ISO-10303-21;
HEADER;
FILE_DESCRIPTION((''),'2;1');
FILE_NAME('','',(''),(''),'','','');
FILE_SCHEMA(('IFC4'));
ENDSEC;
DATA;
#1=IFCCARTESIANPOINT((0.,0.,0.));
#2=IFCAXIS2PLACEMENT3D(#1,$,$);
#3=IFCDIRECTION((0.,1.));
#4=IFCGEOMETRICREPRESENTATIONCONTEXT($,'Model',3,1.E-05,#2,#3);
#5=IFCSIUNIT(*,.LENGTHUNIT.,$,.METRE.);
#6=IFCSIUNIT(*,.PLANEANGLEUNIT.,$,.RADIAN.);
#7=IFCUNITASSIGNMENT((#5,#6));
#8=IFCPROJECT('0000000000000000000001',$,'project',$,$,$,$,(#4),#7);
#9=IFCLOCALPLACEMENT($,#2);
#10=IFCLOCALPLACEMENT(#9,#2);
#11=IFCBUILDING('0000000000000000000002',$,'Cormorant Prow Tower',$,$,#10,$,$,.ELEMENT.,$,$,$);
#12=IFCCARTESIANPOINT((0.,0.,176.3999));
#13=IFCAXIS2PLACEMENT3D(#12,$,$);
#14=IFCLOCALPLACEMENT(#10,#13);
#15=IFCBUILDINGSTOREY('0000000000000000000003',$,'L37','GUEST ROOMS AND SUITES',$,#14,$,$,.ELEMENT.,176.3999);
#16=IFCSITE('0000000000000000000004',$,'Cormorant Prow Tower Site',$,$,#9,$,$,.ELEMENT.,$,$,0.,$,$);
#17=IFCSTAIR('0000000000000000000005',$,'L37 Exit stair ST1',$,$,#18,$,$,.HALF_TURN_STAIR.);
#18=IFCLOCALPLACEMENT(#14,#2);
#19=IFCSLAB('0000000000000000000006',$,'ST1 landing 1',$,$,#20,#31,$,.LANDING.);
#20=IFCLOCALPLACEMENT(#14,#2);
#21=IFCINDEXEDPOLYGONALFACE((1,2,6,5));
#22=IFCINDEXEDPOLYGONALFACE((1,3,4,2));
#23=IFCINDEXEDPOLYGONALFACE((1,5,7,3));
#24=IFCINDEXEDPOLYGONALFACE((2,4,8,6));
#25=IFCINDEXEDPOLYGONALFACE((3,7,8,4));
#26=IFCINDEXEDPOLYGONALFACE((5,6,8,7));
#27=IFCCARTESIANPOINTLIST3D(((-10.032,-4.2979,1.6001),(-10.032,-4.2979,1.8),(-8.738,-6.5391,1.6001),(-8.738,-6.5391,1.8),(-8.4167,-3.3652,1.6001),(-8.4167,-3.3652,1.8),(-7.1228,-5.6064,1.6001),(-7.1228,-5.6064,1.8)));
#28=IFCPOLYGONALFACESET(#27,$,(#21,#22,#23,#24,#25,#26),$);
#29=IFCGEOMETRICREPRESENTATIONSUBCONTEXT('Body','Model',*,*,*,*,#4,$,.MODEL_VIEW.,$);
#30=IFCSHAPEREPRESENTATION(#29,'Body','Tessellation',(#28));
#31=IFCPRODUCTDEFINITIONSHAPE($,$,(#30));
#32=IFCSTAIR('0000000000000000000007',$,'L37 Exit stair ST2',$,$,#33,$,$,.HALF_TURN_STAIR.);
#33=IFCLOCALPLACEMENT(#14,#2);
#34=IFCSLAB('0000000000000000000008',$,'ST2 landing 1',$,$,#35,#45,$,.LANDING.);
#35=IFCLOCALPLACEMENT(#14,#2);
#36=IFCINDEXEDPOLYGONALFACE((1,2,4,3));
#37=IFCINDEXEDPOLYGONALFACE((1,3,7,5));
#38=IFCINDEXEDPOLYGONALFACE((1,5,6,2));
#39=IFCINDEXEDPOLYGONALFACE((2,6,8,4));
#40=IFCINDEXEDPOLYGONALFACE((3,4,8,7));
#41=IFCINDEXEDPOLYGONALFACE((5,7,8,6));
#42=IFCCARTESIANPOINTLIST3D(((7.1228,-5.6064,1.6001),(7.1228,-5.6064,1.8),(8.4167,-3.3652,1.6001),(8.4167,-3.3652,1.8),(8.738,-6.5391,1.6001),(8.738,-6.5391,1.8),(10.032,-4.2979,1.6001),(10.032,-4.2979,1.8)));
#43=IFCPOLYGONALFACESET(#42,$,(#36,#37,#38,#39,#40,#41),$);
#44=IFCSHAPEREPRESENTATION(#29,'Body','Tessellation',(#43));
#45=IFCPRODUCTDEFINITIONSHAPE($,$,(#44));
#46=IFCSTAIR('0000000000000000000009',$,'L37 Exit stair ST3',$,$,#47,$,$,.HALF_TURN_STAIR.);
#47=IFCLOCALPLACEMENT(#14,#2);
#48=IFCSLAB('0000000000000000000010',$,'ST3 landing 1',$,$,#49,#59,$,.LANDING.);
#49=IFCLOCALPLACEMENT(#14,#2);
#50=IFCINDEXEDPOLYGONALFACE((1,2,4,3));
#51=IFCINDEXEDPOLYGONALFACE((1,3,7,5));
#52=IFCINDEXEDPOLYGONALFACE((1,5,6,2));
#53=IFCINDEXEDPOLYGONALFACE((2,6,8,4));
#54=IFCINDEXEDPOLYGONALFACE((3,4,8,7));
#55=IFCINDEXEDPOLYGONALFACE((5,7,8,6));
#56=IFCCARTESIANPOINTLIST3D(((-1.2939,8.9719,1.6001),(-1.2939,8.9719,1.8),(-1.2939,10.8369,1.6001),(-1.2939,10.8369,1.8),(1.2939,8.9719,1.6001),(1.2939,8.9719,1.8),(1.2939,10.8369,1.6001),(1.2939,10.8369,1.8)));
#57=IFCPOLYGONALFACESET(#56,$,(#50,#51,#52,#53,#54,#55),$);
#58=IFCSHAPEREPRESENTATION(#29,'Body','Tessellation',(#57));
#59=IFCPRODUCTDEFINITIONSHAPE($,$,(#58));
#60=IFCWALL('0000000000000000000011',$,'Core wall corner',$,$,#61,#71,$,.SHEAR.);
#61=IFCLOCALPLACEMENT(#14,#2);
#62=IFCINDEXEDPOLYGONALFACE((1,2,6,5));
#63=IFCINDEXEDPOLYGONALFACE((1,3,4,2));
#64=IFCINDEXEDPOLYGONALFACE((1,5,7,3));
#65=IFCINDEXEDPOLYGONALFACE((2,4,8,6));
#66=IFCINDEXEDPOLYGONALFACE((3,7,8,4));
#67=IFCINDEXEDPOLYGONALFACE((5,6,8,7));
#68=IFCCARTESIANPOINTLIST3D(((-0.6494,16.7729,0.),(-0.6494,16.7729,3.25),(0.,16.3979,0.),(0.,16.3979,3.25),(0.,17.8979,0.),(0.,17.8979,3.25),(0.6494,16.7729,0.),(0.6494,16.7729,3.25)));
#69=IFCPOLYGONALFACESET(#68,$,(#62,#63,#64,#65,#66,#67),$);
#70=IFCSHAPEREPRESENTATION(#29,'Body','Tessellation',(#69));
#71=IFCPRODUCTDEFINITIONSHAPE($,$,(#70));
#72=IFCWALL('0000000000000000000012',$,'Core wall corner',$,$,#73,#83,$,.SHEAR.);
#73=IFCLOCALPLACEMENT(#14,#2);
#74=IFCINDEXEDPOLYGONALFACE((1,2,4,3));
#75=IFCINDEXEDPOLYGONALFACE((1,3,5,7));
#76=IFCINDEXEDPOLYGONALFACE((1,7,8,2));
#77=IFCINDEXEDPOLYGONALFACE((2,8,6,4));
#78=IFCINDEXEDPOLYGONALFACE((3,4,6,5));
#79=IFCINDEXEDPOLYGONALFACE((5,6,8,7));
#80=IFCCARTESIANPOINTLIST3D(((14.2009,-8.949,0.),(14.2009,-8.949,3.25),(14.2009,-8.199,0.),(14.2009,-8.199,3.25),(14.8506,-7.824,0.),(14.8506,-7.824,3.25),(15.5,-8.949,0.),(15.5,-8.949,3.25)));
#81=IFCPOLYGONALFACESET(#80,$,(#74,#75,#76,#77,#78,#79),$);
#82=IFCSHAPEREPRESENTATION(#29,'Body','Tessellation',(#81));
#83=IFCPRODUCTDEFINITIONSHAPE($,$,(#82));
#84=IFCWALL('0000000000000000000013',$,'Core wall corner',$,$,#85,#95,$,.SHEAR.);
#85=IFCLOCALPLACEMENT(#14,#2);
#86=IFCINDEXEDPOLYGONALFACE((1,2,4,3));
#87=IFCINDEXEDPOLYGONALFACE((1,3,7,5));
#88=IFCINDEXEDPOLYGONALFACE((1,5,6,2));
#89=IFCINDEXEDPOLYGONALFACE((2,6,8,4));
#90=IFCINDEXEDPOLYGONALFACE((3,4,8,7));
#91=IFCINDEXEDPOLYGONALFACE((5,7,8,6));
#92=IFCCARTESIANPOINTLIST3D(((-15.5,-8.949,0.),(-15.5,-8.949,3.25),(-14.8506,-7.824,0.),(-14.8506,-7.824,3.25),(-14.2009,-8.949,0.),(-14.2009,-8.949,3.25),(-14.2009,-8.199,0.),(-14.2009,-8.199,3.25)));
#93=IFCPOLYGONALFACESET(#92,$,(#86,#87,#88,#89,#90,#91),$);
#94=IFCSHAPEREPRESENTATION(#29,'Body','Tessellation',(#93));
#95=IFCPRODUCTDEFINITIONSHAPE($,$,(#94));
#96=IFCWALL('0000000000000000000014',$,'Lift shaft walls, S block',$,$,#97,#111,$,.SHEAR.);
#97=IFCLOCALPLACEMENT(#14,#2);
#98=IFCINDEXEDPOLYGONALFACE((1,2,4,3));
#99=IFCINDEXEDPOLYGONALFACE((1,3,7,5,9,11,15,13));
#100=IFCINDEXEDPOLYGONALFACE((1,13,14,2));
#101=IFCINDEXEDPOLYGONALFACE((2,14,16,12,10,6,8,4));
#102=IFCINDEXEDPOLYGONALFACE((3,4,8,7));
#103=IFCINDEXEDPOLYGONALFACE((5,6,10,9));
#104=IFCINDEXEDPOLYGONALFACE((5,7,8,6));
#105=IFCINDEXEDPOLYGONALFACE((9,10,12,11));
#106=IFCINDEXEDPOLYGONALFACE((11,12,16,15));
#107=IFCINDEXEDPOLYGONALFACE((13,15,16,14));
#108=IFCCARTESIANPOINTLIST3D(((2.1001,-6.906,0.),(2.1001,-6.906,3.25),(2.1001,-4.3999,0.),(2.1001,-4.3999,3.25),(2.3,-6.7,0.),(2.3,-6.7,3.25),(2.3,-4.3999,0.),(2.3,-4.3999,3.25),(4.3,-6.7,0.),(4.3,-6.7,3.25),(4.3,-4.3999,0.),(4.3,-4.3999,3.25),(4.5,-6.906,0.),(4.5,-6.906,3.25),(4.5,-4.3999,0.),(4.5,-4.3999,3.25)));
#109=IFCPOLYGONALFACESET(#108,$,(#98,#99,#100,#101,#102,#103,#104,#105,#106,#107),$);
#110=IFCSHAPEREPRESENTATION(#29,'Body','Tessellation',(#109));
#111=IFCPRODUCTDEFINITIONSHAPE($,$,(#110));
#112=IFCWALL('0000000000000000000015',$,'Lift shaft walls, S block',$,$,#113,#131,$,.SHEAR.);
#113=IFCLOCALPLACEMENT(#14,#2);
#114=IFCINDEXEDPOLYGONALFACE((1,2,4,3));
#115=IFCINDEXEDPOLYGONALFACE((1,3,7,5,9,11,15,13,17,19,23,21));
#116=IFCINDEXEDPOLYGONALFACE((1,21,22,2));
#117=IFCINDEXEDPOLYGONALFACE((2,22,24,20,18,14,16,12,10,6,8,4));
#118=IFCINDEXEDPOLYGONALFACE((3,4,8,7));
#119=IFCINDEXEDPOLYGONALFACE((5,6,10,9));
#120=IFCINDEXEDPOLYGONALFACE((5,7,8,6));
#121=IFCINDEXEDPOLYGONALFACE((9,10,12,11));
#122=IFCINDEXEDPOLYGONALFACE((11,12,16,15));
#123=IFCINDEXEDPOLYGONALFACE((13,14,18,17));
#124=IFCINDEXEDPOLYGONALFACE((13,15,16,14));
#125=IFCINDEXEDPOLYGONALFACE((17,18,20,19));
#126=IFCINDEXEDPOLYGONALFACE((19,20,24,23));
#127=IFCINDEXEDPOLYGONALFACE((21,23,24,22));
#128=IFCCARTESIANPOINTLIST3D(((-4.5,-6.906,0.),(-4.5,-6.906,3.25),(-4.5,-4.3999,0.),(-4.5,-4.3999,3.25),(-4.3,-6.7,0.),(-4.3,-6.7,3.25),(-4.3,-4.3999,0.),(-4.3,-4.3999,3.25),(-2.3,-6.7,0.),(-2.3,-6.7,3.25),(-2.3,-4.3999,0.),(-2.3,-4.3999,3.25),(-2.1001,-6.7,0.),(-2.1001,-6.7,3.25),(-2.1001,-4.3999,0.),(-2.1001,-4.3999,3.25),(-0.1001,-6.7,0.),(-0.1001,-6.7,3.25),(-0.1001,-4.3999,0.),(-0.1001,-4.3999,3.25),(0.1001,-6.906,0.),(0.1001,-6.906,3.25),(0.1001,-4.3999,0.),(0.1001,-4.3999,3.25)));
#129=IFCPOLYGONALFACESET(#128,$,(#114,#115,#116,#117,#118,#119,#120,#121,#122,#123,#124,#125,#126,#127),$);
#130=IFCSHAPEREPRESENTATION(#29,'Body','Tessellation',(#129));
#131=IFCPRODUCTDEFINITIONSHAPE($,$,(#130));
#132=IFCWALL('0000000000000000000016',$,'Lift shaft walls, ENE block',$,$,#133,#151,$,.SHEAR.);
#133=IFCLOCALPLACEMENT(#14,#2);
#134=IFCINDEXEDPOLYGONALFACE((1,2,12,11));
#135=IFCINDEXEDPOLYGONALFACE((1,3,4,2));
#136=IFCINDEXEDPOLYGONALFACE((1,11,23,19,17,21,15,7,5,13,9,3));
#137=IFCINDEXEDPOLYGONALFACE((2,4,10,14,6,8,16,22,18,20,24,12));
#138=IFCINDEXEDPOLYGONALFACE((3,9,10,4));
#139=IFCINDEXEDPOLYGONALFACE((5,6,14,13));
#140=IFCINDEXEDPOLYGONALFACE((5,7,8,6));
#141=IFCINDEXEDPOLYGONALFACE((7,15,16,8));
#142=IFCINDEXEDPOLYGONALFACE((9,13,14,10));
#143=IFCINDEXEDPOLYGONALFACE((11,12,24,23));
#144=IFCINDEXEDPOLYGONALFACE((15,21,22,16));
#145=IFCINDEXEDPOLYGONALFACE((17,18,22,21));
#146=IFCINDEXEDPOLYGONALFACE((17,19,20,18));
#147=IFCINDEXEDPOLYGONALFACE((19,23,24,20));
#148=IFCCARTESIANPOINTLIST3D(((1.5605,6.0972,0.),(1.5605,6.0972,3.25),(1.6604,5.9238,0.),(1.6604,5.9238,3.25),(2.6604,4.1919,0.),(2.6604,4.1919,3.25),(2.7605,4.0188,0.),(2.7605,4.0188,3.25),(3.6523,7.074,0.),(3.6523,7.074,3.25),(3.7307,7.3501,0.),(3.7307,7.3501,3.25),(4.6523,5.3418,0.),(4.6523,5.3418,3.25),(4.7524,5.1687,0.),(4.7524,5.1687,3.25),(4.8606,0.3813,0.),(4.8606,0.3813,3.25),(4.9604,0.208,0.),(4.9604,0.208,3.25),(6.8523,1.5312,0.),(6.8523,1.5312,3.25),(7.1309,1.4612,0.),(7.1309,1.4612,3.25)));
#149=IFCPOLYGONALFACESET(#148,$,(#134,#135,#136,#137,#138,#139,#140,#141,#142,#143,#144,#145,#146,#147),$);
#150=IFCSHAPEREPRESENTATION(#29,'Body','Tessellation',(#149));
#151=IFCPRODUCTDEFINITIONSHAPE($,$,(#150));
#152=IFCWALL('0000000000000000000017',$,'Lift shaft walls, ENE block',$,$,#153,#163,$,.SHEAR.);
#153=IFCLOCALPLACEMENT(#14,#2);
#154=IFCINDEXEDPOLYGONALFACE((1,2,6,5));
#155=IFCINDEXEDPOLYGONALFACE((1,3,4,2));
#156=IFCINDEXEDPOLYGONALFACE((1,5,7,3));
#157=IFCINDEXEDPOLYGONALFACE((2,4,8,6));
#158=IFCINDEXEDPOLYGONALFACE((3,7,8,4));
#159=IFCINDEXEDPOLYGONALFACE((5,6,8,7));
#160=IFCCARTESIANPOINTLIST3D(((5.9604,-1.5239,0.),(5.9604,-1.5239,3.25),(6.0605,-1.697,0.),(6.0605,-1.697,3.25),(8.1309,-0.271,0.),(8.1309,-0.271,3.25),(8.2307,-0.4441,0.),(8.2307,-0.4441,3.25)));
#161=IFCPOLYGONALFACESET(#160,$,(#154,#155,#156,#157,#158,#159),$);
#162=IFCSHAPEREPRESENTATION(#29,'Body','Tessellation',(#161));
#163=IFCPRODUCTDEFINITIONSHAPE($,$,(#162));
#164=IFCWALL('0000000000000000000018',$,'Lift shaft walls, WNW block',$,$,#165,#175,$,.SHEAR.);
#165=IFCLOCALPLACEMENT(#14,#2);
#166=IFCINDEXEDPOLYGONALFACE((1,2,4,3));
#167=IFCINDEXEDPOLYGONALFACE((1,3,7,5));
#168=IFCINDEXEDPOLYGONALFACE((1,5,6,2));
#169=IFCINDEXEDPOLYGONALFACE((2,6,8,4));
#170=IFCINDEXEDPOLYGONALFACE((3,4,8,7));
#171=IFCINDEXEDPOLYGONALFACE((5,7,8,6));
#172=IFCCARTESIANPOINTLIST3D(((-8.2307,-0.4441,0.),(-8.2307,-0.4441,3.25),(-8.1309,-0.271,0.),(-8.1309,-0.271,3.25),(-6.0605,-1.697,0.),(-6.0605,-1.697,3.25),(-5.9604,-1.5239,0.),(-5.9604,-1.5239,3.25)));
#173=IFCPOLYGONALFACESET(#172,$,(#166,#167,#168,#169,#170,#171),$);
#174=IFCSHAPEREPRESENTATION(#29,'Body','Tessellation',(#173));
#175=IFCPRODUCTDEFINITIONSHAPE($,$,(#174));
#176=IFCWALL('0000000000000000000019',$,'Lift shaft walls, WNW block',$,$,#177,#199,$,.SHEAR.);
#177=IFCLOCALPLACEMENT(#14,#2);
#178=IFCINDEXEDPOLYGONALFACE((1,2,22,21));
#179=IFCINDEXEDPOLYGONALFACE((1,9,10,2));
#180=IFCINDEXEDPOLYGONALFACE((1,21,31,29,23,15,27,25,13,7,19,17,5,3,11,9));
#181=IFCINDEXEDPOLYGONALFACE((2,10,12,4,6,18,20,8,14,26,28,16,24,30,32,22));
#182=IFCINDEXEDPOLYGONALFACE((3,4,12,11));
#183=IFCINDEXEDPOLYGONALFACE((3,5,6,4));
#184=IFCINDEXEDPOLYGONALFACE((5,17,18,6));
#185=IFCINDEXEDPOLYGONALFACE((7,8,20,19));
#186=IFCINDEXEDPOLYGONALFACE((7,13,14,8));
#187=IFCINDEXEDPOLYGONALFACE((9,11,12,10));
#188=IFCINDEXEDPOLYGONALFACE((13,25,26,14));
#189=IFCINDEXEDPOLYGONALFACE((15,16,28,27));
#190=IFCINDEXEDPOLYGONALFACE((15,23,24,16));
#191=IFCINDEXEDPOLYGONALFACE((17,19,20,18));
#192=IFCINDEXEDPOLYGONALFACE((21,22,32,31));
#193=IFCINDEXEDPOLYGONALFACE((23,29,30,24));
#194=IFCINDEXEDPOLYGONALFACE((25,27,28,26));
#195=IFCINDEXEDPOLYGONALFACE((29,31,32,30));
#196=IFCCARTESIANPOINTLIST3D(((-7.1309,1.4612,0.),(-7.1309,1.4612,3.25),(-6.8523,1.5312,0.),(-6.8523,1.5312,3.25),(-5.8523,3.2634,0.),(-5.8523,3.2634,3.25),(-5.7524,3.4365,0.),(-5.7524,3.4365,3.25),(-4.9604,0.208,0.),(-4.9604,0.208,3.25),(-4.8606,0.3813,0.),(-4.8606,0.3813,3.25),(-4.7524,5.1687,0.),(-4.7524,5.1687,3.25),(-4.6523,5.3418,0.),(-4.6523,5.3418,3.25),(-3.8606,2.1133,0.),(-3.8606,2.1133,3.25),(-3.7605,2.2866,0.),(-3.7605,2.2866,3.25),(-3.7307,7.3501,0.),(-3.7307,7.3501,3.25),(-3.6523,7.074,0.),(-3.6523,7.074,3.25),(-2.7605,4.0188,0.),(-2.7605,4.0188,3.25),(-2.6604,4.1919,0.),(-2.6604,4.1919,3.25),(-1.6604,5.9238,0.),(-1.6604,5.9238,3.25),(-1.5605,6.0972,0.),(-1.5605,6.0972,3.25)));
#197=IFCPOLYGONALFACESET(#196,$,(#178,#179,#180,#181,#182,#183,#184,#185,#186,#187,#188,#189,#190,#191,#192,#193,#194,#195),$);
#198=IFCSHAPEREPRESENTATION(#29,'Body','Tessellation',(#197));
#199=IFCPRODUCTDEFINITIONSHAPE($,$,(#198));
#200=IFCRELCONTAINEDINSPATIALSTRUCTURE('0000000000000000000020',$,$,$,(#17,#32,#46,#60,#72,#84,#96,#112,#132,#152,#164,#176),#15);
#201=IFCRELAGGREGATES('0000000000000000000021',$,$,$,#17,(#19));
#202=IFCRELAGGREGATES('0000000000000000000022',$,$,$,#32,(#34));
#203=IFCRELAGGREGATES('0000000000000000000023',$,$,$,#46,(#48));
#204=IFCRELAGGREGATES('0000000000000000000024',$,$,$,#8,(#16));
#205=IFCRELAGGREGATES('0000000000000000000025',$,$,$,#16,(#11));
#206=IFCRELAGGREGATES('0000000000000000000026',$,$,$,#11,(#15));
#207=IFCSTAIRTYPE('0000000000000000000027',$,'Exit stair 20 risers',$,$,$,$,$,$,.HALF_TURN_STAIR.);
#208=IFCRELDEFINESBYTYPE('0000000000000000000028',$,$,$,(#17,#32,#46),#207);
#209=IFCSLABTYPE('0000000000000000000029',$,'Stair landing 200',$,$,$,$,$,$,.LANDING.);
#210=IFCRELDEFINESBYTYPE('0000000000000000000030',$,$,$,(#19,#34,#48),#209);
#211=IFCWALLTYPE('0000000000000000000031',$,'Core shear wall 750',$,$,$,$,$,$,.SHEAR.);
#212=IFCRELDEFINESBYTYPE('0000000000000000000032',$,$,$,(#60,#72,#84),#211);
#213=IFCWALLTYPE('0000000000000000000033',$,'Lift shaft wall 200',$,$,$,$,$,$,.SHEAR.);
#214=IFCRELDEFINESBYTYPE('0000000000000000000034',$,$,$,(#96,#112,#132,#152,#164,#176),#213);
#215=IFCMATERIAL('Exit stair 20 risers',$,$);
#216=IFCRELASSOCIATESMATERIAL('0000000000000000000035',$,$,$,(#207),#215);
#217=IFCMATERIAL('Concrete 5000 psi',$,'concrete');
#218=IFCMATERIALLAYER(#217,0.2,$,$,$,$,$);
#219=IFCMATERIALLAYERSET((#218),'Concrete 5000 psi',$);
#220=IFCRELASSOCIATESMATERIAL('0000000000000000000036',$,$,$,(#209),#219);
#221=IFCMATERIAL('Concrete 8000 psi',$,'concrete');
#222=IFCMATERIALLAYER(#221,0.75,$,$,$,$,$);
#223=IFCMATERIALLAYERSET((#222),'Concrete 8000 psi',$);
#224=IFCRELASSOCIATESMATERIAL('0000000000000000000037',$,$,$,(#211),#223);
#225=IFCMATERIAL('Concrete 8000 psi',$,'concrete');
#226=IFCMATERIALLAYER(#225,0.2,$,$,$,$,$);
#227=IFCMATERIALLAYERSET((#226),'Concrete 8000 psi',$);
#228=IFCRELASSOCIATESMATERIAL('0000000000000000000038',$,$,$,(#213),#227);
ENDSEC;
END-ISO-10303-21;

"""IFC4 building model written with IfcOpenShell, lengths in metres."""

from ifc_helpers import new_model, si_unit, direction, frame, origin, place, context, subcontext, project, spatial, polyline, outline, extrude, material, layer, layer_set, type_object, element, aggregate, save


model = new_model("IFC4")

# Units and contexts
model_context = context("Model", 3, precision=1e-05, world=origin(), true_north=direction((0.0, 1.0)))
body_context = subcontext(model_context, "Body", "Model", "MODEL_VIEW")
ifc_project = project(units=[si_unit("LENGTHUNIT", "METRE"), si_unit("PLANEANGLEUNIT", "RADIAN")], contexts=[model_context])

# Site, building, storey
site_placement = place(None, origin())
site = spatial("IfcSite", under=ifc_project, at=site_placement, Name="Cormorant Prow Tower Site", CompositionType="ELEMENT", RefElevation=0.0)
building_placement = place(site_placement, origin())
building = spatial("IfcBuilding", under=site, at=building_placement, Name="Cormorant Prow Tower", CompositionType="ELEMENT")
storey_placement = place(building_placement, frame((0.0, 0.0, 176.3999)))
storey = spatial("IfcBuildingStorey", under=building, at=storey_placement, Name="L37", Description="GUEST ROOMS AND SUITES", CompositionType="ELEMENT", Elevation=176.3999)

# Stairs, slabs
ifc_material_1 = material(Name="Exit stair 20 risers")
stair_type = type_object("IfcStairType", Name="Exit stair 20 risers", PredefinedType="HALF_TURN_STAIR", material=ifc_material_1)
stair_1_placement = place(storey_placement, origin())
stair_1 = element("IfcStair", 1, at=stair_1_placement, inside=storey, type_object=stair_type, Name="L37 Exit stair ST1", PredefinedType="HALF_TURN_STAIR")
ifc_material_2 = material(Name="Concrete 5000 psi", Category="concrete")
ifc_layer_1 = layer(ifc_material_2, 0.2)
ifc_layer_set_1 = layer_set([ifc_layer_1], Name="Concrete 5000 psi")
slab_type = type_object("IfcSlabType", Name="Stair landing 200", PredefinedType="LANDING", material=ifc_layer_set_1)
slab_1_placement = place(storey_placement, frame((0.0, 0.0, 1.6001)))
slab_1 = element("IfcSlab", 2, at=slab_1_placement, type_object=slab_type, Name="ST1 landing 1", PredefinedType="LANDING", context=body_context, shape_type="SweptSolid", body=[
    extrude(outline(polyline([(-8.4167, -3.3652), (-10.032, -4.2979), (-8.738, -6.5391), (-7.1228, -5.6064), (-8.4167, -3.3652)])), origin(), (0.0, 0.0, 1.0), 0.2),
])
aggregate(stair_1, [slab_1])
stair_2_placement = place(storey_placement, origin())
stair_2 = element("IfcStair", 3, at=stair_2_placement, inside=storey, type_object=stair_type, Name="L37 Exit stair ST2", PredefinedType="HALF_TURN_STAIR")
slab_2_placement = place(storey_placement, frame((0.0, 0.0, 1.6001)))
slab_2 = element("IfcSlab", 4, at=slab_2_placement, type_object=slab_type, Name="ST2 landing 1", PredefinedType="LANDING", context=body_context, shape_type="SweptSolid", body=[
    extrude(outline(polyline([(7.1228, -5.6064), (8.738, -6.5391), (10.032, -4.2979), (8.4167, -3.3652), (7.1228, -5.6064)])), origin(), (0.0, 0.0, 1.0), 0.2),
])
aggregate(stair_2, [slab_2])
stair_3_placement = place(storey_placement, origin())
stair_3 = element("IfcStair", 5, at=stair_3_placement, inside=storey, type_object=stair_type, Name="L37 Exit stair ST3", PredefinedType="HALF_TURN_STAIR")
slab_3_placement = place(storey_placement, frame((0.0, 0.0, 1.6001)))
slab_3 = element("IfcSlab", 6, at=slab_3_placement, type_object=slab_type, Name="ST3 landing 1", PredefinedType="LANDING", context=body_context, shape_type="SweptSolid", body=[
    extrude(outline(polyline([(1.2939, 8.9719), (1.2939, 10.8369), (-1.2939, 10.8369), (-1.2939, 8.9719), (1.2939, 8.9719)])), origin(), (0.0, 0.0, 1.0), 0.2),
])

# Walls
ifc_material_3 = material(Name="Concrete 8000 psi", Category="concrete")
ifc_layer_2 = layer(ifc_material_3, 0.75)
ifc_layer_set_2 = layer_set([ifc_layer_2], Name="Concrete 8000 psi")
wall_type_1 = type_object("IfcWallType", Name="Core shear wall 750", PredefinedType="SHEAR", material=ifc_layer_set_2)
wall_1_placement = place(storey_placement, origin())
element("IfcWall", 7, at=wall_1_placement, inside=storey, type_object=wall_type_1, Name="Core wall corner", PredefinedType="SHEAR", context=body_context, shape_type="SweptSolid", body=[
    extrude(outline(polyline([(-0.6494, 16.7729), (0.0, 17.8979), (0.6494, 16.7729), (0.0, 16.3979), (-0.6494, 16.7729)])), origin(), (0.0, 0.0, 1.0), 3.25),
])
wall_2_placement = place(storey_placement, origin())
element("IfcWall", 8, at=wall_2_placement, inside=storey, type_object=wall_type_1, Name="Core wall corner", PredefinedType="SHEAR", context=body_context, shape_type="SweptSolid", body=[
    extrude(outline(polyline([(14.2009, -8.949), (14.2009, -8.199), (14.8506, -7.824), (15.5, -8.949), (14.2009, -8.949)])), origin(), (0.0, 0.0, 1.0), 3.25),
])
wall_3_placement = place(storey_placement, origin())
element("IfcWall", 9, at=wall_3_placement, inside=storey, type_object=wall_type_1, Name="Core wall corner", PredefinedType="SHEAR", context=body_context, shape_type="SweptSolid", body=[
    extrude(outline(polyline([(-14.8506, -7.824), (-14.2009, -8.199), (-14.2009, -8.949), (-15.5, -8.949), (-14.8506, -7.824)])), origin(), (0.0, 0.0, 1.0), 3.25),
])
ifc_material_4 = material(Name="Concrete 8000 psi", Category="concrete")
ifc_layer_3 = layer(ifc_material_4, 0.2)
ifc_layer_set_3 = layer_set([ifc_layer_3], Name="Concrete 8000 psi")
wall_type_2 = type_object("IfcWallType", Name="Lift shaft wall 200", PredefinedType="SHEAR", material=ifc_layer_set_3)
wall_4_placement = place(storey_placement, origin())
element("IfcWall", 10, at=wall_4_placement, inside=storey, type_object=wall_type_2, Name="Lift shaft walls, S block", PredefinedType="SHEAR", context=body_context, shape_type="SweptSolid", body=[
    extrude(outline(polyline([(4.5, -4.3999), (4.5, -6.906), (2.1001, -6.906), (2.1001, -4.3999), (2.3, -4.3999), (2.3, -6.7), (4.3, -6.7), (4.3, -4.3999), (4.5, -4.3999)])), origin(), (0.0, 0.0, 1.0), 3.25),
])
wall_5_placement = place(storey_placement, origin())
element("IfcWall", 11, at=wall_5_placement, inside=storey, type_object=wall_type_2, Name="Lift shaft walls, S block", PredefinedType="SHEAR", context=body_context, shape_type="SweptSolid", body=[
    extrude(outline(polyline([(0.1001, -4.3999), (0.1001, -6.906), (-4.5, -6.906), (-4.5, -4.3999), (-4.3, -4.3999), (-4.3, -6.7), (-2.3, -6.7), (-2.3, -4.3999), (-2.1001, -4.3999), (-2.1001, -6.7), (-0.1001, -6.7), (-0.1001, -4.3999), (0.1001, -4.3999)])), origin(), (0.0, 0.0, 1.0), 3.25),
])
wall_6_placement = place(storey_placement, origin())
element("IfcWall", 12, at=wall_6_placement, inside=storey, type_object=wall_type_2, Name="Lift shaft walls, ENE block", PredefinedType="SHEAR", context=body_context, shape_type="SweptSolid", body=[
    extrude(outline(polyline([(1.5605, 6.0972), (3.7307, 7.3501), (7.1309, 1.4612), (4.9604, 0.208), (4.8606, 0.3813), (6.8523, 1.5312), (4.7524, 5.1687), (2.7605, 4.0188), (2.6604, 4.1919), (4.6523, 5.3418), (3.6523, 7.074), (1.6604, 5.9238), (1.5605, 6.0972)])), origin(), (0.0, 0.0, 1.0), 3.25),
])
wall_7_placement = place(storey_placement, origin())
element("IfcWall", 13, at=wall_7_placement, inside=storey, type_object=wall_type_2, Name="Lift shaft walls, ENE block", PredefinedType="SHEAR", context=body_context, shape_type="SweptSolid", body=[
    extrude(outline(polyline([(8.2307, -0.4441), (6.0605, -1.697), (5.9604, -1.5239), (8.1309, -0.271), (8.2307, -0.4441)])), origin(), (0.0, 0.0, 1.0), 3.25),
])
wall_8_placement = place(storey_placement, origin())
element("IfcWall", 14, at=wall_8_placement, inside=storey, type_object=wall_type_2, Name="Lift shaft walls, WNW block", PredefinedType="SHEAR", context=body_context, shape_type="SweptSolid", body=[
    extrude(outline(polyline([(-6.0605, -1.697), (-8.2307, -0.4441), (-8.1309, -0.271), (-5.9604, -1.5239), (-6.0605, -1.697)])), origin(), (0.0, 0.0, 1.0), 3.25),
])
wall_9_placement = place(storey_placement, origin())
element("IfcWall", 15, at=wall_9_placement, inside=storey, type_object=wall_type_2, Name="Lift shaft walls, WNW block", PredefinedType="SHEAR", context=body_context, shape_type="SweptSolid", body=[
    extrude(outline(polyline([(-4.9604, 0.208), (-7.1309, 1.4612), (-3.7307, 7.3501), (-1.5605, 6.0972), (-1.6604, 5.9238), (-3.6523, 7.074), (-4.6523, 5.3418), (-2.6604, 4.1919), (-2.7605, 4.0188), (-4.7524, 5.1687), (-5.7524, 3.4365), (-3.7605, 2.2866), (-3.8606, 2.1133), (-5.8523, 3.2634), (-6.8523, 1.5312), (-4.8606, 0.3813), (-4.9604, 0.208)])), origin(), (0.0, 0.0, 1.0), 3.25),
])

aggregate(stair_3, [slab_3])

save(model, "model.ifc")
